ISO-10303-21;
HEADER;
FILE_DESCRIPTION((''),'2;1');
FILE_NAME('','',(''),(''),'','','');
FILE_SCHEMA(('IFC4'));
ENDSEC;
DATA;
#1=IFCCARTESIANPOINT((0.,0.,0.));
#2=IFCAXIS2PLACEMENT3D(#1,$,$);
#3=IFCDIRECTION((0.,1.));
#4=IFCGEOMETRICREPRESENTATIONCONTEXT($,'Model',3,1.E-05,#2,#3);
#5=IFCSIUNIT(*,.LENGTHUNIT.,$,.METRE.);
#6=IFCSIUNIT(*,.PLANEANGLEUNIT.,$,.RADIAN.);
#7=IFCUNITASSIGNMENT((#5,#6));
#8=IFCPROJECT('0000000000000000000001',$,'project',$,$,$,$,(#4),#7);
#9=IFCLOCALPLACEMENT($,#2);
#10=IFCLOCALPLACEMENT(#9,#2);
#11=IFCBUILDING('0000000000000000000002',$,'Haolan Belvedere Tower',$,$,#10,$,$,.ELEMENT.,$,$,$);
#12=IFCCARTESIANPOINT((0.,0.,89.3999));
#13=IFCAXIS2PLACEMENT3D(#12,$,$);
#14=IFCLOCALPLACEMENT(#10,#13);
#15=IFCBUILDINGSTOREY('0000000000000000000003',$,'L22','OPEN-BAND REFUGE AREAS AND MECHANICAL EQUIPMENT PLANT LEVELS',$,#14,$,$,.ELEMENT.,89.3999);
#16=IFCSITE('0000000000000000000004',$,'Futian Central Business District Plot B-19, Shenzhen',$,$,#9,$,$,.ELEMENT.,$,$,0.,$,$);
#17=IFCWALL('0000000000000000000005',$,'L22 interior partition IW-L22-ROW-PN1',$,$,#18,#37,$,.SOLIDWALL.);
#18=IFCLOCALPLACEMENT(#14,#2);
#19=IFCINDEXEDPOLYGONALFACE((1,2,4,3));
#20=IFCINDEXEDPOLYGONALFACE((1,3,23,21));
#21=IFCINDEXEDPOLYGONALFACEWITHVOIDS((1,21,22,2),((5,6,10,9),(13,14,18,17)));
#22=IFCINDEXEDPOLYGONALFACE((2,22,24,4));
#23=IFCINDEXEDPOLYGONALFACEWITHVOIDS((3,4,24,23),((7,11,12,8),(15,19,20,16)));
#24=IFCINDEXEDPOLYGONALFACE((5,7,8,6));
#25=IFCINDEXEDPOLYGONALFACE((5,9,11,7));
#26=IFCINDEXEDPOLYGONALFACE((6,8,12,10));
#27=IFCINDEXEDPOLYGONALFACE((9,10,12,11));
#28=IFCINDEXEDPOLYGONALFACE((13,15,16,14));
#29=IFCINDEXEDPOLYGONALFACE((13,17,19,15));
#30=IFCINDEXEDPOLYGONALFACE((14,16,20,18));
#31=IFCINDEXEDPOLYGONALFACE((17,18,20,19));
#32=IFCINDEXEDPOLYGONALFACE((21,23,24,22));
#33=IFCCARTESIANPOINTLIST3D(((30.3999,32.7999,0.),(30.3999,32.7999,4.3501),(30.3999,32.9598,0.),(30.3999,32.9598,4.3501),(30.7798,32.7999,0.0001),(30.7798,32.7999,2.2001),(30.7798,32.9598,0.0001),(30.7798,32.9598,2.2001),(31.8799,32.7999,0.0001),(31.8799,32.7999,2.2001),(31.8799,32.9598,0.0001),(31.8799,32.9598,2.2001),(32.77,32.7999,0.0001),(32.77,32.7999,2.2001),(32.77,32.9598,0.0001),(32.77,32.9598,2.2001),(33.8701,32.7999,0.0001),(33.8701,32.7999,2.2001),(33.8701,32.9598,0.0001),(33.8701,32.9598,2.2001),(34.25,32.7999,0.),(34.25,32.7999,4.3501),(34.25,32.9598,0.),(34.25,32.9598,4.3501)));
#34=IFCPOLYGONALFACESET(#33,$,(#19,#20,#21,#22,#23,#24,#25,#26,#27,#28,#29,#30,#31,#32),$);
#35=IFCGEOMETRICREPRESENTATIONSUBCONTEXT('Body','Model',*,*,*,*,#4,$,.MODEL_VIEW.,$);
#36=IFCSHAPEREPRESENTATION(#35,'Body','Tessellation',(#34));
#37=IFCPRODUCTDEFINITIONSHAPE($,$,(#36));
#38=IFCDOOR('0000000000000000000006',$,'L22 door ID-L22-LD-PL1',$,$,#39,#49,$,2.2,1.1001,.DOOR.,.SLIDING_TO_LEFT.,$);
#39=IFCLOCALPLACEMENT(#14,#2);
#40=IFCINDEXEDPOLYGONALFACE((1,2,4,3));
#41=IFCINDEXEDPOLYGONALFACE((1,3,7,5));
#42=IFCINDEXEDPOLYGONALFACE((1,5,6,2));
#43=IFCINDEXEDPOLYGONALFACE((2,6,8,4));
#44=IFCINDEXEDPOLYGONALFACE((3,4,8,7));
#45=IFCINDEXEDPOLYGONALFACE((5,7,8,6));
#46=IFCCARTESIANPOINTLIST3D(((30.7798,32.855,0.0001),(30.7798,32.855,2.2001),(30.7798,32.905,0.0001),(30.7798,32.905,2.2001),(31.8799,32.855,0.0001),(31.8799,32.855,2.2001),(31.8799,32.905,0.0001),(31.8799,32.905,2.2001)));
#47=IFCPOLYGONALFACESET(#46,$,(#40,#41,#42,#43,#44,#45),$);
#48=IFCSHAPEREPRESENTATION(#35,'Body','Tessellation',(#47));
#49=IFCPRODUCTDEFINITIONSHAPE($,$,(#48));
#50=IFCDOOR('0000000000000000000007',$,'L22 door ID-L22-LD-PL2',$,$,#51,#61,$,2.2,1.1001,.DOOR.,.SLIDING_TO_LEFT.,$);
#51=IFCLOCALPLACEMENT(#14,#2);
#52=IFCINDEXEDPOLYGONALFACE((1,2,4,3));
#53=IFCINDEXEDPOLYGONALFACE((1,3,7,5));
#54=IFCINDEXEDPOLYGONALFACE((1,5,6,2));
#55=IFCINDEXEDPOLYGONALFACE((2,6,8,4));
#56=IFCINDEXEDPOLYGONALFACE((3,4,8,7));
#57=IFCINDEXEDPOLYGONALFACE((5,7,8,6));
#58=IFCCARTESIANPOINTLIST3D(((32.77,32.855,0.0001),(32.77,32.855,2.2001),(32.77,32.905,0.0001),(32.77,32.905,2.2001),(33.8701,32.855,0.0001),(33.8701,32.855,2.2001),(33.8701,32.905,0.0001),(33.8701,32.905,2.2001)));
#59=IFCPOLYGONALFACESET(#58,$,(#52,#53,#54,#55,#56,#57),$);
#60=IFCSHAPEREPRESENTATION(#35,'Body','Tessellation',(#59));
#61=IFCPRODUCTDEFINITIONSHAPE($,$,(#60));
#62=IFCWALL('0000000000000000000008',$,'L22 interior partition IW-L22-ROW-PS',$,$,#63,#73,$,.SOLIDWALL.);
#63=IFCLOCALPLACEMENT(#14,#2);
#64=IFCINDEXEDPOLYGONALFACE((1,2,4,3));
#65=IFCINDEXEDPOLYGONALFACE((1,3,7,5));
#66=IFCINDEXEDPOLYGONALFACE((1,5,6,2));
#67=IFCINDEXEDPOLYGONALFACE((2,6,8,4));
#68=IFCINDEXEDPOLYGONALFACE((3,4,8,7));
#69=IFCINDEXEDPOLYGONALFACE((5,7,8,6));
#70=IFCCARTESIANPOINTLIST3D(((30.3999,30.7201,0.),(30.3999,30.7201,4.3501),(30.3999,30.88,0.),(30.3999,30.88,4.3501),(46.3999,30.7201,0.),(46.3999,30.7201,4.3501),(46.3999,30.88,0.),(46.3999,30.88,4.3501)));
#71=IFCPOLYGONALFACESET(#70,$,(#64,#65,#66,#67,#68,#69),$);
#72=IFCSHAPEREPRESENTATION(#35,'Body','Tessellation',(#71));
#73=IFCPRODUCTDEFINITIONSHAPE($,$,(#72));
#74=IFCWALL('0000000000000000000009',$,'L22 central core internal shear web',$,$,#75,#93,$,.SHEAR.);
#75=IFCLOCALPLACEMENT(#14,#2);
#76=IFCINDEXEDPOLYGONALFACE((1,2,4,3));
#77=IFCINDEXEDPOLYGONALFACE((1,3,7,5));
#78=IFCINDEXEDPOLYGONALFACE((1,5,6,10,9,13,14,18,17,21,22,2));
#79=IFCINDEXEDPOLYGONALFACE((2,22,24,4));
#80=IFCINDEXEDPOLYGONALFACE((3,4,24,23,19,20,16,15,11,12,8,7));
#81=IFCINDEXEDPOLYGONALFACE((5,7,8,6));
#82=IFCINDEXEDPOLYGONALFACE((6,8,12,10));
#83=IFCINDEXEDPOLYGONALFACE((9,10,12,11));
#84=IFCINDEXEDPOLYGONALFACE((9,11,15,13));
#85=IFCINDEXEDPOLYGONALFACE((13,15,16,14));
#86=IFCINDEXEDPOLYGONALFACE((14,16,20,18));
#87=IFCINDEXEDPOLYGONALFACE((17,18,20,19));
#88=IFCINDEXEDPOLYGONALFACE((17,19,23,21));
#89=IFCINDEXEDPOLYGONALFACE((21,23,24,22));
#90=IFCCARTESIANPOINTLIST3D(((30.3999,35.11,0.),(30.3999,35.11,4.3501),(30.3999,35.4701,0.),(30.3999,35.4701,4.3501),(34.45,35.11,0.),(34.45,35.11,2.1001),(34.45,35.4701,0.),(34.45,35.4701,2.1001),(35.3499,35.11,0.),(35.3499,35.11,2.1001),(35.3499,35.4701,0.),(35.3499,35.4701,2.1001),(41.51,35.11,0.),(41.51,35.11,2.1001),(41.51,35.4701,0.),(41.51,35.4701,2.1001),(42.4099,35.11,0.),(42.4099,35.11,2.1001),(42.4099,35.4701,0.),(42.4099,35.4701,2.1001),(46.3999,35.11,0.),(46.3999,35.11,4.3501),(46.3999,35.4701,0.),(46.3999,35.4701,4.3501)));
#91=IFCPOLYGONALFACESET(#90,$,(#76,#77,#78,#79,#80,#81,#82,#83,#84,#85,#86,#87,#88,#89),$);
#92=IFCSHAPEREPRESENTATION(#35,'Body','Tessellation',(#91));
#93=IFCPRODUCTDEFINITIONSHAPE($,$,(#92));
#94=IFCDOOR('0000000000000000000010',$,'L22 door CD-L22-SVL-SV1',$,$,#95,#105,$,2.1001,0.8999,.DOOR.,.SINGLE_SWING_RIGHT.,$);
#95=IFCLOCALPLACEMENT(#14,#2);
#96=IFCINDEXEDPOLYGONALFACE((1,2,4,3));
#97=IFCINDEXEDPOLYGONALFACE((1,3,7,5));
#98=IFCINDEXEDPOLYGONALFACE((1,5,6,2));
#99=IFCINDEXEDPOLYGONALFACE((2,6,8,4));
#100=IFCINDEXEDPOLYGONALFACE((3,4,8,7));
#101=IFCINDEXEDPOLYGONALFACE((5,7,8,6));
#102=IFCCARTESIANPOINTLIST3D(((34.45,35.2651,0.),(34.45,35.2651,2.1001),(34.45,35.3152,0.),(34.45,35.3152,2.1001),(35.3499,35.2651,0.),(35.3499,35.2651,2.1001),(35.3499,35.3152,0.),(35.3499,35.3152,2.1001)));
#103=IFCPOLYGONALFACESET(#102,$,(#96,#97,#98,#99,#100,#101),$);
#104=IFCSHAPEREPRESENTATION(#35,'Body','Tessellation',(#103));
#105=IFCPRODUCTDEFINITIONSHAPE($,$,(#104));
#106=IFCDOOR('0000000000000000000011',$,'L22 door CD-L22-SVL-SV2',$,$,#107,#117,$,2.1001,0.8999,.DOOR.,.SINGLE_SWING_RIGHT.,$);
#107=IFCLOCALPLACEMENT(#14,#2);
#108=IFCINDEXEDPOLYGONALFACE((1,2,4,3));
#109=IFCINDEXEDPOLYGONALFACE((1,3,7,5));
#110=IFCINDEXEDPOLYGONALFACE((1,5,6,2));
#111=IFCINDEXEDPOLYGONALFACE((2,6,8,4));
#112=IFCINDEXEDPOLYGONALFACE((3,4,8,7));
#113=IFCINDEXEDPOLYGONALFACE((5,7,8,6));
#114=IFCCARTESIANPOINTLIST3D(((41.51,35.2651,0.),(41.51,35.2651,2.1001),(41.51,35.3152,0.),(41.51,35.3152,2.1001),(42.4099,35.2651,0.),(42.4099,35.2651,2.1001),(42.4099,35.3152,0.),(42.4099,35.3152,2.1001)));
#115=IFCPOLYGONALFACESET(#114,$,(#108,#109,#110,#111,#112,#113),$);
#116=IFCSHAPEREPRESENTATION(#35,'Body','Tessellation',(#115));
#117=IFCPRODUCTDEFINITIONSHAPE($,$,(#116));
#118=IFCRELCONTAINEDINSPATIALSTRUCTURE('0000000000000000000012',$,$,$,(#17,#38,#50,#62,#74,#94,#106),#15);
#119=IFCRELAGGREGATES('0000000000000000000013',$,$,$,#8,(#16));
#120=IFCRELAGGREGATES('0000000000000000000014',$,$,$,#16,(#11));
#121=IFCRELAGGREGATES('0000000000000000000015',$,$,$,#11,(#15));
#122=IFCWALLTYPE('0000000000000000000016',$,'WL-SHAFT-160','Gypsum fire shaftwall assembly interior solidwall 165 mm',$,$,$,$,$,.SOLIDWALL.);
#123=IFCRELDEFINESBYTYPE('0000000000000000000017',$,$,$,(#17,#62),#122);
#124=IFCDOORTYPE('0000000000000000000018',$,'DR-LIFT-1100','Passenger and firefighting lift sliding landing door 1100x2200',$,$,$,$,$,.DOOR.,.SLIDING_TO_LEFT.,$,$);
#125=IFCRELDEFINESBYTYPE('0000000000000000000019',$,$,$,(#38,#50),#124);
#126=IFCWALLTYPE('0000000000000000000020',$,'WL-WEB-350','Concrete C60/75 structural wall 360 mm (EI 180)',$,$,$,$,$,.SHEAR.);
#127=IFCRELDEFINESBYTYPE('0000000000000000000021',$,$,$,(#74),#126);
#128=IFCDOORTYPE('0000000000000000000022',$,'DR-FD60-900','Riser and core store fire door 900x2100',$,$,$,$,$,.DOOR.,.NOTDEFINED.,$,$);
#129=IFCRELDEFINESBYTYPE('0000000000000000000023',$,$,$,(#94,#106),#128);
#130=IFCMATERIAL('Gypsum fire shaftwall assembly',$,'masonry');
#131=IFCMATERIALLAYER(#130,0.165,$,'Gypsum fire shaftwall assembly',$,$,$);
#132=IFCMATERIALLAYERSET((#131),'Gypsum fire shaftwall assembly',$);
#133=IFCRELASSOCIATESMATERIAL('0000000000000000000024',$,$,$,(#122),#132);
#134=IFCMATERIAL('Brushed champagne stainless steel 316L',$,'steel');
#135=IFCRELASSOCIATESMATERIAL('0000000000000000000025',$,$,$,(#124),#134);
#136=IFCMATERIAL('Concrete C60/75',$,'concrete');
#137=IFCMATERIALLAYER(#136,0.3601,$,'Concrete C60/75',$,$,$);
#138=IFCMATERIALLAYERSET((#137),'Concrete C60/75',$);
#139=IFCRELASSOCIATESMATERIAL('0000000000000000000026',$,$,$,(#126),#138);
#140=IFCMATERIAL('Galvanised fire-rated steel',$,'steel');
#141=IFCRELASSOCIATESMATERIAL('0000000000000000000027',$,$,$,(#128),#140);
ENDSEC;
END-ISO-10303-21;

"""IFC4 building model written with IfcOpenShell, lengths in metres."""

from ifc_helpers import new_model, si_unit, direction, frame, frame_2d, origin, place, context, subcontext, project, spatial, rectangle, extrude, material, layer, layer_set, type_object, element, fill, save


model = new_model("IFC4")

# Units and contexts
model_context = context("Model", 3, precision=1e-05, world=origin(), true_north=direction((0.0, 1.0)))
body_context = subcontext(model_context, "Body", "Model", "MODEL_VIEW")
ifc_project = project(units=[si_unit("LENGTHUNIT", "METRE"), si_unit("PLANEANGLEUNIT", "RADIAN")], contexts=[model_context])

# Site, building, storey
site_placement = place(None, origin())
site = spatial("IfcSite", under=ifc_project, at=site_placement, Name="Futian Central Business District Plot B-19, Shenzhen", CompositionType="ELEMENT", RefElevation=0.0)
building_placement = place(site_placement, origin())
building = spatial("IfcBuilding", under=site, at=building_placement, Name="Haolan Belvedere Tower", CompositionType="ELEMENT")
storey_placement = place(building_placement, frame((0.0, 0.0, 89.3999)))
storey = spatial("IfcBuildingStorey", under=building, at=storey_placement, Name="L22", Description="OPEN-BAND REFUGE AREAS AND MECHANICAL EQUIPMENT PLANT LEVELS", CompositionType="ELEMENT", Elevation=89.3999)

# Shared definitions
ifc_material_1 = material(Name="Concrete C60/75", Category="concrete")

# Shared definitions
ifc_material_2 = material(Name="Galvanised fire-rated steel", Category="steel")

# Wall, openings, doors
ifc_material_3 = material(Name="Gypsum fire shaftwall assembly", Category="masonry")
ifc_layer_1 = layer(ifc_material_3, 0.165, Name="Gypsum fire shaftwall assembly")
ifc_layer_set_1 = layer_set([ifc_layer_1], Name="Gypsum fire shaftwall assembly")
wall_type_1 = type_object("IfcWallType", Name="WL-SHAFT-160", Description="Gypsum fire shaftwall assembly interior solidwall 165 mm", PredefinedType="SOLIDWALL", material=ifc_layer_set_1)
wall_1_placement = place(storey_placement, frame((30.3999, 32.8799, 0.0), z_axis=(0.0, 0.0, 1.0), x_axis=(1.0, 0.0, 0.0)))
wall_1 = element("IfcWall", 1, at=wall_1_placement, inside=storey, type_object=wall_type_1, Name="L22 interior partition IW-L22-ROW-PN1", PredefinedType="SOLIDWALL", context=body_context, shape_type="SweptSolid", body=[
    extrude(rectangle(XDim=3.8501, YDim=0.1599, at=frame_2d((1.925, 0.0))), origin(), (0.0, 0.0, 1.0), 4.3501),
])
opening_1_placement = place(wall_1_placement, frame((1.48, 0.0, 0.0), z_axis=(0.0, 0.0, 1.0), x_axis=(-1.0, 0.0, 0.0)))
opening_1 = element("IfcOpeningElement", 2, at=opening_1_placement, cuts=wall_1, PredefinedType="OPENING", context=body_context, shape_type="SweptSolid", body=[
    extrude(rectangle(XDim=1.1001, YDim=2.2, at=frame_2d((0.55, 1.1001))), frame((0.0, 0.0898, 0.0), z_axis=(0.0, -1.0, 0.0), x_axis=(1.0, 0.0, 0.0)), (0.0, 0.0, 1.0), 0.1799),
])
opening_2_placement = place(wall_1_placement, frame((3.4702, 0.0, 0.0), z_axis=(0.0, 0.0, 1.0), x_axis=(-1.0, 0.0, 0.0)))
opening_2 = element("IfcOpeningElement", 3, at=opening_2_placement, cuts=wall_1, PredefinedType="OPENING", context=body_context, shape_type="SweptSolid", body=[
    extrude(rectangle(XDim=1.1001, YDim=2.2, at=frame_2d((0.55, 1.1001))), frame((0.0, 0.0898, 0.0), z_axis=(0.0, -1.0, 0.0), x_axis=(1.0, 0.0, 0.0)), (0.0, 0.0, 1.0), 0.1799),
])
ifc_material_4 = material(Name="Brushed champagne stainless steel 316L", Category="steel")
door_type_1 = type_object("IfcDoorType", Name="DR-LIFT-1100", Description="Passenger and firefighting lift sliding landing door 1100x2200", OperationType="SLIDING_TO_LEFT", PredefinedType="DOOR", material=ifc_material_4)
door_1_placement = place(opening_1_placement, origin())
door_1 = element("IfcDoor", 4, at=door_1_placement, inside=storey, type_object=door_type_1, Name="L22 door ID-L22-LD-PL1", OperationType="SLIDING_TO_LEFT", OverallHeight=2.2, OverallWidth=1.1001, PredefinedType="DOOR", context=body_context, shape_type="SweptSolid", body=[
    extrude(rectangle(XDim=1.1001, YDim=2.2, at=frame_2d((0.55, 1.1001))), frame((0.0, 0.0249, 0.0), z_axis=(0.0, -1.0, 0.0), x_axis=(1.0, 0.0, 0.0)), (0.0, 0.0, 1.0), 0.05),
])
fill(opening_1, door_1)
door_2_placement = place(opening_2_placement, origin())
door_2 = element("IfcDoor", 5, at=door_2_placement, inside=storey, type_object=door_type_1, Name="L22 door ID-L22-LD-PL2", OperationType="SLIDING_TO_LEFT", OverallHeight=2.2, OverallWidth=1.1001, PredefinedType="DOOR", context=body_context, shape_type="SweptSolid", body=[
    extrude(rectangle(XDim=1.1001, YDim=2.2, at=frame_2d((0.55, 1.1001))), frame((0.0, 0.0249, 0.0), z_axis=(0.0, -1.0, 0.0), x_axis=(1.0, 0.0, 0.0)), (0.0, 0.0, 1.0), 0.05),
])
fill(opening_2, door_2)

# Wall
wall_2_placement = place(storey_placement, frame((30.3999, 30.8, 0.0), z_axis=(0.0, 0.0, 1.0), x_axis=(1.0, 0.0, 0.0)))
element("IfcWall", 6, at=wall_2_placement, inside=storey, type_object=wall_type_1, Name="L22 interior partition IW-L22-ROW-PS", PredefinedType="SOLIDWALL", context=body_context, shape_type="SweptSolid", body=[
    extrude(rectangle(XDim=16.0, YDim=0.1599, at=frame_2d((8.0, 0.0))), origin(), (0.0, 0.0, 1.0), 4.3501),
])

# Wall, openings, doors
ifc_layer_2 = layer(ifc_material_1, 0.3601, Name="Concrete C60/75")
ifc_layer_set_2 = layer_set([ifc_layer_2], Name="Concrete C60/75")
wall_type_2 = type_object("IfcWallType", Name="WL-WEB-350", Description="Concrete C60/75 structural wall 360 mm (EI 180)", PredefinedType="SHEAR", material=ifc_layer_set_2)
wall_3_placement = place(storey_placement, frame((30.3999, 35.29, 0.0), z_axis=(0.0, 0.0, 1.0), x_axis=(1.0, 0.0, 0.0)))
wall_3 = element("IfcWall", 7, at=wall_3_placement, inside=storey, type_object=wall_type_2, Name="L22 central core internal shear web", PredefinedType="SHEAR", context=body_context, shape_type="SweptSolid", body=[
    extrude(rectangle(XDim=16.0, YDim=0.3601, at=frame_2d((8.0, 0.0))), origin(), (0.0, 0.0, 1.0), 4.3501),
])
opening_3_placement = place(wall_3_placement, frame((4.95, 0.0, 0.0), z_axis=(0.0, 0.0, 1.0), x_axis=(-1.0, 0.0, 0.0)))
opening_3 = element("IfcOpeningElement", 8, at=opening_3_placement, cuts=wall_3, PredefinedType="OPENING", context=body_context, shape_type="SweptSolid", body=[
    extrude(rectangle(XDim=0.8999, YDim=2.1001, at=frame_2d((0.45, 1.05))), frame((0.0, 0.1899, 0.0), z_axis=(0.0, -1.0, 0.0), x_axis=(1.0, 0.0, 0.0)), (0.0, 0.0, 1.0), 0.3801),
])
opening_4_placement = place(wall_3_placement, frame((12.01, 0.0, 0.0), z_axis=(0.0, 0.0, 1.0), x_axis=(-1.0, 0.0, 0.0)))
opening_4 = element("IfcOpeningElement", 9, at=opening_4_placement, cuts=wall_3, PredefinedType="OPENING", context=body_context, shape_type="SweptSolid", body=[
    extrude(rectangle(XDim=0.8999, YDim=2.1001, at=frame_2d((0.45, 1.05))), frame((0.0, 0.1899, 0.0), z_axis=(0.0, -1.0, 0.0), x_axis=(1.0, 0.0, 0.0)), (0.0, 0.0, 1.0), 0.3801),
])
door_type_2 = type_object("IfcDoorType", Name="DR-FD60-900", Description="Riser and core store fire door 900x2100", OperationType="NOTDEFINED", PredefinedType="DOOR", material=ifc_material_2)
door_3_placement = place(opening_3_placement, origin())
door_3 = element("IfcDoor", 10, at=door_3_placement, inside=storey, type_object=door_type_2, Name="L22 door CD-L22-SVL-SV1", OperationType="SINGLE_SWING_RIGHT", OverallHeight=2.1001, OverallWidth=0.8999, PredefinedType="DOOR", context=body_context, shape_type="SweptSolid", body=[
    extrude(rectangle(XDim=0.8999, YDim=2.1001, at=frame_2d((0.45, 1.05))), frame((0.0, 0.0249, 0.0), z_axis=(0.0, -1.0, 0.0), x_axis=(1.0, 0.0, 0.0)), (0.0, 0.0, 1.0), 0.05),
])
fill(opening_3, door_3)
door_4_placement = place(opening_4_placement, origin())
door_4 = element("IfcDoor", 11, at=door_4_placement, inside=storey, type_object=door_type_2, Name="L22 door CD-L22-SVL-SV2", OperationType="SINGLE_SWING_RIGHT", OverallHeight=2.1001, OverallWidth=0.8999, PredefinedType="DOOR", context=body_context, shape_type="SweptSolid", body=[
    extrude(rectangle(XDim=0.8999, YDim=2.1001, at=frame_2d((0.45, 1.05))), frame((0.0, 0.0249, 0.0), z_axis=(0.0, -1.0, 0.0), x_axis=(1.0, 0.0, 0.0)), (0.0, 0.0, 1.0), 0.05),
])
fill(opening_4, door_4)

save(model, "model.ifc")
